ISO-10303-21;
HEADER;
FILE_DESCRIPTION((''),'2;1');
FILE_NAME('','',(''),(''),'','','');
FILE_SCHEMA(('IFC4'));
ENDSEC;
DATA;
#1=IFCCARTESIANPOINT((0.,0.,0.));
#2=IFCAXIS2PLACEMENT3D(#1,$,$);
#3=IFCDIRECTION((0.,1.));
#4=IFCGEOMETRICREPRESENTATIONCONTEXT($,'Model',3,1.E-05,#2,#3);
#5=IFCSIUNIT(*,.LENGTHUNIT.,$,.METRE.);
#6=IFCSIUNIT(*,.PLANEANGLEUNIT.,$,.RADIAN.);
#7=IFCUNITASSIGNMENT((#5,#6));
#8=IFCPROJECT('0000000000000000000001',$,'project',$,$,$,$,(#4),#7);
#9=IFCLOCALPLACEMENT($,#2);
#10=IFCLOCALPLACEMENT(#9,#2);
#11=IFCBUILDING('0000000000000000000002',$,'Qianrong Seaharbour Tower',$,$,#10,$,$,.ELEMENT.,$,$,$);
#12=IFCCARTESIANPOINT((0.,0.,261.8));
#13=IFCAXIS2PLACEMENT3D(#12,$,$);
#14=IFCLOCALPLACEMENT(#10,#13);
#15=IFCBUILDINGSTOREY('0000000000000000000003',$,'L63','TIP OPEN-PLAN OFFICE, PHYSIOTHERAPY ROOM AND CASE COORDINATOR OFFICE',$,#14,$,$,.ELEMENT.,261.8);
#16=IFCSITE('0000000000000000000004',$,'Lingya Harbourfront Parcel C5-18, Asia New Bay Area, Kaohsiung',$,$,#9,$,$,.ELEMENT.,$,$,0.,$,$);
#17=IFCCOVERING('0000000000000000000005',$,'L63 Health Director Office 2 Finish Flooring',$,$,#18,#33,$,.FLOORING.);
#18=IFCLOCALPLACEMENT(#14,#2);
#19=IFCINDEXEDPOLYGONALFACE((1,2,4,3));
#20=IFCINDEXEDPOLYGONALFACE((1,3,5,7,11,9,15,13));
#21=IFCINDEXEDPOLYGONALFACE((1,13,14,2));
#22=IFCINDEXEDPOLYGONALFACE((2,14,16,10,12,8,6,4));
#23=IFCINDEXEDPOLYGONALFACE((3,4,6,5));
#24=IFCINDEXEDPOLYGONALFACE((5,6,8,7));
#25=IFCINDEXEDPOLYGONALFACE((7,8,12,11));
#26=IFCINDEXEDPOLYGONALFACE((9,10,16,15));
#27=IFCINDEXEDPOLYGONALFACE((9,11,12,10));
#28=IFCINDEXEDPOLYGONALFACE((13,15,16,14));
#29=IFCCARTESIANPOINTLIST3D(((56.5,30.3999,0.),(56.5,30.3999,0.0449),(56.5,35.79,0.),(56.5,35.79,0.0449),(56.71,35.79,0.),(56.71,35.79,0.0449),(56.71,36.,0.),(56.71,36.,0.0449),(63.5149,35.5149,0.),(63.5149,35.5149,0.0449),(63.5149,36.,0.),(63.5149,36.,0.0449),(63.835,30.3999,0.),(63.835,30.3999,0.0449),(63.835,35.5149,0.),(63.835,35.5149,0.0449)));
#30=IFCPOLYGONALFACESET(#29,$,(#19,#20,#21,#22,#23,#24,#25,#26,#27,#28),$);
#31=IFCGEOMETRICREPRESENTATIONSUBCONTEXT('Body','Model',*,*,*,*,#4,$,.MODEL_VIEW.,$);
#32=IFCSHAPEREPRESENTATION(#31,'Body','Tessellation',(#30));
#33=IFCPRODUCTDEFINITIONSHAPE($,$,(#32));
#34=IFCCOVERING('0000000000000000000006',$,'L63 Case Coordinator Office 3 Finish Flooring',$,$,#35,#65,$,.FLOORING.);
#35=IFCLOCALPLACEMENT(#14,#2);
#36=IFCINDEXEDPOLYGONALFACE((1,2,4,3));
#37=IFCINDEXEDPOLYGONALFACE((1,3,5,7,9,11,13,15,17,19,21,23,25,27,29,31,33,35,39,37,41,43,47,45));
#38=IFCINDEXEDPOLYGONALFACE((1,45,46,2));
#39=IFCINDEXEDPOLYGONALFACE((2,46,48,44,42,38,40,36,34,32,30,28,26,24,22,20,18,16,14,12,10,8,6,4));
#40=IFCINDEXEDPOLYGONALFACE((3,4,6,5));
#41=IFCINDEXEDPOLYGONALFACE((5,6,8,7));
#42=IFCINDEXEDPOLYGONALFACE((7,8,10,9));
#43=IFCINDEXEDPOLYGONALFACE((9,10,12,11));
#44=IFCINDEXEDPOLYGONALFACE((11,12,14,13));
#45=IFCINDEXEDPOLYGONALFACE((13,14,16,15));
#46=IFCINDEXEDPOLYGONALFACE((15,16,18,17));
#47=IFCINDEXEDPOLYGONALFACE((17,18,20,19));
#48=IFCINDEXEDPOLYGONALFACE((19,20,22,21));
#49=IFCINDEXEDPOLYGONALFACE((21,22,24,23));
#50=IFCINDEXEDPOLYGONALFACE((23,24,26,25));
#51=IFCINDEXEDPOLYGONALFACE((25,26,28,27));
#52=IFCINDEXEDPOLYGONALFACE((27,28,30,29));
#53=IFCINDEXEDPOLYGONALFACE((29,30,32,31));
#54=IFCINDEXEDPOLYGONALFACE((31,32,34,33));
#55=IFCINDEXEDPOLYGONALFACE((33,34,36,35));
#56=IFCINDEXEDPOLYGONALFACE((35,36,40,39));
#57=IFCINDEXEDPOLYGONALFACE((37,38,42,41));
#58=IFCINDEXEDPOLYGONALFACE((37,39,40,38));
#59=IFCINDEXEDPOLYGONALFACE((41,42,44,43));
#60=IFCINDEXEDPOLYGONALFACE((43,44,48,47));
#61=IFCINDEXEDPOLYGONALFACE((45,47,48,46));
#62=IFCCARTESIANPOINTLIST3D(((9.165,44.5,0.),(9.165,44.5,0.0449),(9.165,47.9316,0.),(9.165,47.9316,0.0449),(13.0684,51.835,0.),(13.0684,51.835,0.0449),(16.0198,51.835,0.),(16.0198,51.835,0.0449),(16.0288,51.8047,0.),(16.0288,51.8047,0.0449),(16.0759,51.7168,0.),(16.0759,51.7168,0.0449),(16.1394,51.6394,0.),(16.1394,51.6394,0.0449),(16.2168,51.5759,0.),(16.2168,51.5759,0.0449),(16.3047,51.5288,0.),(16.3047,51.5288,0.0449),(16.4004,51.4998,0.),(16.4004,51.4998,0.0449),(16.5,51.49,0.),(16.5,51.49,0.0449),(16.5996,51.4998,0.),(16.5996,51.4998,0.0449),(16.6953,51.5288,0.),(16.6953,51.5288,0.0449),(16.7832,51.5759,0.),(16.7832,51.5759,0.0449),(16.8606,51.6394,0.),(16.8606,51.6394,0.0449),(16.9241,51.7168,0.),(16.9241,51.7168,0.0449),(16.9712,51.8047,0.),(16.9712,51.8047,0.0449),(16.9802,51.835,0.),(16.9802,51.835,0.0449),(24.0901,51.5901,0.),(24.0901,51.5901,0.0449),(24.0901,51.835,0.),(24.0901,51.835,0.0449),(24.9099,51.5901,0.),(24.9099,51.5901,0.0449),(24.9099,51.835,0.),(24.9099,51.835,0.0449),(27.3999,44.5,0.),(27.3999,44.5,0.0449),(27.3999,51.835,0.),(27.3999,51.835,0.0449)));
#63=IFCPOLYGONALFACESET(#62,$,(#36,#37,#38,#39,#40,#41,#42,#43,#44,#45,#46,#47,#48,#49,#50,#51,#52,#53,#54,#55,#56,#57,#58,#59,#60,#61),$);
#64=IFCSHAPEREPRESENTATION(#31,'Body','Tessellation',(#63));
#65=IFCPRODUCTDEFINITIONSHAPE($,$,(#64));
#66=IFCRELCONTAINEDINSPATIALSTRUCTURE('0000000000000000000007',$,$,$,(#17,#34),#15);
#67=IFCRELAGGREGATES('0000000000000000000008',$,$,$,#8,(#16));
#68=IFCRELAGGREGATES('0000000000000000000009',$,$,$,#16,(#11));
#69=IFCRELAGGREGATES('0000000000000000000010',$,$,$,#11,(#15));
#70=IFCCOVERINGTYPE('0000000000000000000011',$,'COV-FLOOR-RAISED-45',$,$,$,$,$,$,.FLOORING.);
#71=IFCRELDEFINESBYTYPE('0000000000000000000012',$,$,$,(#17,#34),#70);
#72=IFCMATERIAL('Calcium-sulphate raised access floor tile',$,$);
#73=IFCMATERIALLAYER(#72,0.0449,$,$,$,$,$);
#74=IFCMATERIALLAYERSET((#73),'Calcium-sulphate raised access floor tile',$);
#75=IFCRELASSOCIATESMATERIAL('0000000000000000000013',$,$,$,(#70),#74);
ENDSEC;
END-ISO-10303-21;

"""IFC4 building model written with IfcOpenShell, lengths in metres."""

from ifc_helpers import new_model, si_unit, direction, frame, origin, place, context, subcontext, project, spatial, polyline, outline, extrude, material, layer, layer_set, type_object, element, save


model = new_model("IFC4")

# Units and contexts
model_context = context("Model", 3, precision=1e-05, world=origin(), true_north=direction((0.0, 1.0)))
body_context = subcontext(model_context, "Body", "Model", "MODEL_VIEW")
ifc_project = project(units=[si_unit("LENGTHUNIT", "METRE"), si_unit("PLANEANGLEUNIT", "RADIAN")], contexts=[model_context])

# Site, building, storey
site_placement = place(None, origin())
site = spatial("IfcSite", under=ifc_project, at=site_placement, Name="Lingya Harbourfront Parcel C5-18, Asia New Bay Area, Kaohsiung", CompositionType="ELEMENT", RefElevation=0.0)
building_placement = place(site_placement, origin())
building = spatial("IfcBuilding", under=site, at=building_placement, Name="Qianrong Seaharbour Tower", CompositionType="ELEMENT")
storey_placement = place(building_placement, frame((0.0, 0.0, 261.8)))
storey = spatial("IfcBuildingStorey", under=building, at=storey_placement, Name="L63", Description="TIP OPEN-PLAN OFFICE, PHYSIOTHERAPY ROOM AND CASE COORDINATOR OFFICE", CompositionType="ELEMENT", Elevation=261.8)

# Coverings
ifc_material_1 = material(Name="Calcium-sulphate raised access floor tile")
ifc_layer_1 = layer(ifc_material_1, 0.0449)
ifc_layer_set_1 = layer_set([ifc_layer_1], Name="Calcium-sulphate raised access floor tile")
covering_type_1 = type_object("IfcCoveringType", Name="COV-FLOOR-RAISED-45", PredefinedType="FLOORING", material=ifc_layer_set_1)
covering_1_placement = place(storey_placement, origin())
element("IfcCovering", 1, at=covering_1_placement, inside=storey, type_object=covering_type_1, Name="L63 Health Director Office 2 Finish Flooring", PredefinedType="FLOORING", context=body_context, shape_type="SweptSolid", body=[
    extrude(outline(polyline([(63.835, 30.3999), (56.5, 30.3999), (56.5, 35.79), (56.71, 35.79), (56.71, 36.0), (63.5149, 36.0), (63.5149, 35.5149), (63.835, 35.5149), (63.835, 30.3999)])), origin(), (0.0, 0.0, 1.0), 0.0449),
])
covering_2_placement = place(storey_placement, origin())
element("IfcCovering", 2, at=covering_2_placement, inside=storey, type_object=covering_type_1, Name="L63 Case Coordinator Office 3 Finish Flooring", PredefinedType="FLOORING", context=body_context, shape_type="SweptSolid", body=[
    extrude(outline(polyline([(9.165, 47.9316), (13.0684, 51.835), (16.0198, 51.835), (16.0288, 51.8047), (16.0759, 51.7168), (16.1394, 51.6394), (16.2168, 51.5759), (16.3047, 51.5288), (16.4004, 51.4998), (16.5, 51.49), (16.5996, 51.4998), (16.6953, 51.5288), (16.7832, 51.5759), (16.8606, 51.6394), (16.9241, 51.7168), (16.9712, 51.8047), (16.9802, 51.835), (24.0901, 51.835), (24.0901, 51.5901), (24.9099, 51.5901), (24.9099, 51.835), (27.3999, 51.835), (27.3999, 44.5), (9.165, 44.5), (9.165, 47.9316)])), origin(), (0.0, 0.0, 1.0), 0.0449),
])

save(model, "model.ifc")
